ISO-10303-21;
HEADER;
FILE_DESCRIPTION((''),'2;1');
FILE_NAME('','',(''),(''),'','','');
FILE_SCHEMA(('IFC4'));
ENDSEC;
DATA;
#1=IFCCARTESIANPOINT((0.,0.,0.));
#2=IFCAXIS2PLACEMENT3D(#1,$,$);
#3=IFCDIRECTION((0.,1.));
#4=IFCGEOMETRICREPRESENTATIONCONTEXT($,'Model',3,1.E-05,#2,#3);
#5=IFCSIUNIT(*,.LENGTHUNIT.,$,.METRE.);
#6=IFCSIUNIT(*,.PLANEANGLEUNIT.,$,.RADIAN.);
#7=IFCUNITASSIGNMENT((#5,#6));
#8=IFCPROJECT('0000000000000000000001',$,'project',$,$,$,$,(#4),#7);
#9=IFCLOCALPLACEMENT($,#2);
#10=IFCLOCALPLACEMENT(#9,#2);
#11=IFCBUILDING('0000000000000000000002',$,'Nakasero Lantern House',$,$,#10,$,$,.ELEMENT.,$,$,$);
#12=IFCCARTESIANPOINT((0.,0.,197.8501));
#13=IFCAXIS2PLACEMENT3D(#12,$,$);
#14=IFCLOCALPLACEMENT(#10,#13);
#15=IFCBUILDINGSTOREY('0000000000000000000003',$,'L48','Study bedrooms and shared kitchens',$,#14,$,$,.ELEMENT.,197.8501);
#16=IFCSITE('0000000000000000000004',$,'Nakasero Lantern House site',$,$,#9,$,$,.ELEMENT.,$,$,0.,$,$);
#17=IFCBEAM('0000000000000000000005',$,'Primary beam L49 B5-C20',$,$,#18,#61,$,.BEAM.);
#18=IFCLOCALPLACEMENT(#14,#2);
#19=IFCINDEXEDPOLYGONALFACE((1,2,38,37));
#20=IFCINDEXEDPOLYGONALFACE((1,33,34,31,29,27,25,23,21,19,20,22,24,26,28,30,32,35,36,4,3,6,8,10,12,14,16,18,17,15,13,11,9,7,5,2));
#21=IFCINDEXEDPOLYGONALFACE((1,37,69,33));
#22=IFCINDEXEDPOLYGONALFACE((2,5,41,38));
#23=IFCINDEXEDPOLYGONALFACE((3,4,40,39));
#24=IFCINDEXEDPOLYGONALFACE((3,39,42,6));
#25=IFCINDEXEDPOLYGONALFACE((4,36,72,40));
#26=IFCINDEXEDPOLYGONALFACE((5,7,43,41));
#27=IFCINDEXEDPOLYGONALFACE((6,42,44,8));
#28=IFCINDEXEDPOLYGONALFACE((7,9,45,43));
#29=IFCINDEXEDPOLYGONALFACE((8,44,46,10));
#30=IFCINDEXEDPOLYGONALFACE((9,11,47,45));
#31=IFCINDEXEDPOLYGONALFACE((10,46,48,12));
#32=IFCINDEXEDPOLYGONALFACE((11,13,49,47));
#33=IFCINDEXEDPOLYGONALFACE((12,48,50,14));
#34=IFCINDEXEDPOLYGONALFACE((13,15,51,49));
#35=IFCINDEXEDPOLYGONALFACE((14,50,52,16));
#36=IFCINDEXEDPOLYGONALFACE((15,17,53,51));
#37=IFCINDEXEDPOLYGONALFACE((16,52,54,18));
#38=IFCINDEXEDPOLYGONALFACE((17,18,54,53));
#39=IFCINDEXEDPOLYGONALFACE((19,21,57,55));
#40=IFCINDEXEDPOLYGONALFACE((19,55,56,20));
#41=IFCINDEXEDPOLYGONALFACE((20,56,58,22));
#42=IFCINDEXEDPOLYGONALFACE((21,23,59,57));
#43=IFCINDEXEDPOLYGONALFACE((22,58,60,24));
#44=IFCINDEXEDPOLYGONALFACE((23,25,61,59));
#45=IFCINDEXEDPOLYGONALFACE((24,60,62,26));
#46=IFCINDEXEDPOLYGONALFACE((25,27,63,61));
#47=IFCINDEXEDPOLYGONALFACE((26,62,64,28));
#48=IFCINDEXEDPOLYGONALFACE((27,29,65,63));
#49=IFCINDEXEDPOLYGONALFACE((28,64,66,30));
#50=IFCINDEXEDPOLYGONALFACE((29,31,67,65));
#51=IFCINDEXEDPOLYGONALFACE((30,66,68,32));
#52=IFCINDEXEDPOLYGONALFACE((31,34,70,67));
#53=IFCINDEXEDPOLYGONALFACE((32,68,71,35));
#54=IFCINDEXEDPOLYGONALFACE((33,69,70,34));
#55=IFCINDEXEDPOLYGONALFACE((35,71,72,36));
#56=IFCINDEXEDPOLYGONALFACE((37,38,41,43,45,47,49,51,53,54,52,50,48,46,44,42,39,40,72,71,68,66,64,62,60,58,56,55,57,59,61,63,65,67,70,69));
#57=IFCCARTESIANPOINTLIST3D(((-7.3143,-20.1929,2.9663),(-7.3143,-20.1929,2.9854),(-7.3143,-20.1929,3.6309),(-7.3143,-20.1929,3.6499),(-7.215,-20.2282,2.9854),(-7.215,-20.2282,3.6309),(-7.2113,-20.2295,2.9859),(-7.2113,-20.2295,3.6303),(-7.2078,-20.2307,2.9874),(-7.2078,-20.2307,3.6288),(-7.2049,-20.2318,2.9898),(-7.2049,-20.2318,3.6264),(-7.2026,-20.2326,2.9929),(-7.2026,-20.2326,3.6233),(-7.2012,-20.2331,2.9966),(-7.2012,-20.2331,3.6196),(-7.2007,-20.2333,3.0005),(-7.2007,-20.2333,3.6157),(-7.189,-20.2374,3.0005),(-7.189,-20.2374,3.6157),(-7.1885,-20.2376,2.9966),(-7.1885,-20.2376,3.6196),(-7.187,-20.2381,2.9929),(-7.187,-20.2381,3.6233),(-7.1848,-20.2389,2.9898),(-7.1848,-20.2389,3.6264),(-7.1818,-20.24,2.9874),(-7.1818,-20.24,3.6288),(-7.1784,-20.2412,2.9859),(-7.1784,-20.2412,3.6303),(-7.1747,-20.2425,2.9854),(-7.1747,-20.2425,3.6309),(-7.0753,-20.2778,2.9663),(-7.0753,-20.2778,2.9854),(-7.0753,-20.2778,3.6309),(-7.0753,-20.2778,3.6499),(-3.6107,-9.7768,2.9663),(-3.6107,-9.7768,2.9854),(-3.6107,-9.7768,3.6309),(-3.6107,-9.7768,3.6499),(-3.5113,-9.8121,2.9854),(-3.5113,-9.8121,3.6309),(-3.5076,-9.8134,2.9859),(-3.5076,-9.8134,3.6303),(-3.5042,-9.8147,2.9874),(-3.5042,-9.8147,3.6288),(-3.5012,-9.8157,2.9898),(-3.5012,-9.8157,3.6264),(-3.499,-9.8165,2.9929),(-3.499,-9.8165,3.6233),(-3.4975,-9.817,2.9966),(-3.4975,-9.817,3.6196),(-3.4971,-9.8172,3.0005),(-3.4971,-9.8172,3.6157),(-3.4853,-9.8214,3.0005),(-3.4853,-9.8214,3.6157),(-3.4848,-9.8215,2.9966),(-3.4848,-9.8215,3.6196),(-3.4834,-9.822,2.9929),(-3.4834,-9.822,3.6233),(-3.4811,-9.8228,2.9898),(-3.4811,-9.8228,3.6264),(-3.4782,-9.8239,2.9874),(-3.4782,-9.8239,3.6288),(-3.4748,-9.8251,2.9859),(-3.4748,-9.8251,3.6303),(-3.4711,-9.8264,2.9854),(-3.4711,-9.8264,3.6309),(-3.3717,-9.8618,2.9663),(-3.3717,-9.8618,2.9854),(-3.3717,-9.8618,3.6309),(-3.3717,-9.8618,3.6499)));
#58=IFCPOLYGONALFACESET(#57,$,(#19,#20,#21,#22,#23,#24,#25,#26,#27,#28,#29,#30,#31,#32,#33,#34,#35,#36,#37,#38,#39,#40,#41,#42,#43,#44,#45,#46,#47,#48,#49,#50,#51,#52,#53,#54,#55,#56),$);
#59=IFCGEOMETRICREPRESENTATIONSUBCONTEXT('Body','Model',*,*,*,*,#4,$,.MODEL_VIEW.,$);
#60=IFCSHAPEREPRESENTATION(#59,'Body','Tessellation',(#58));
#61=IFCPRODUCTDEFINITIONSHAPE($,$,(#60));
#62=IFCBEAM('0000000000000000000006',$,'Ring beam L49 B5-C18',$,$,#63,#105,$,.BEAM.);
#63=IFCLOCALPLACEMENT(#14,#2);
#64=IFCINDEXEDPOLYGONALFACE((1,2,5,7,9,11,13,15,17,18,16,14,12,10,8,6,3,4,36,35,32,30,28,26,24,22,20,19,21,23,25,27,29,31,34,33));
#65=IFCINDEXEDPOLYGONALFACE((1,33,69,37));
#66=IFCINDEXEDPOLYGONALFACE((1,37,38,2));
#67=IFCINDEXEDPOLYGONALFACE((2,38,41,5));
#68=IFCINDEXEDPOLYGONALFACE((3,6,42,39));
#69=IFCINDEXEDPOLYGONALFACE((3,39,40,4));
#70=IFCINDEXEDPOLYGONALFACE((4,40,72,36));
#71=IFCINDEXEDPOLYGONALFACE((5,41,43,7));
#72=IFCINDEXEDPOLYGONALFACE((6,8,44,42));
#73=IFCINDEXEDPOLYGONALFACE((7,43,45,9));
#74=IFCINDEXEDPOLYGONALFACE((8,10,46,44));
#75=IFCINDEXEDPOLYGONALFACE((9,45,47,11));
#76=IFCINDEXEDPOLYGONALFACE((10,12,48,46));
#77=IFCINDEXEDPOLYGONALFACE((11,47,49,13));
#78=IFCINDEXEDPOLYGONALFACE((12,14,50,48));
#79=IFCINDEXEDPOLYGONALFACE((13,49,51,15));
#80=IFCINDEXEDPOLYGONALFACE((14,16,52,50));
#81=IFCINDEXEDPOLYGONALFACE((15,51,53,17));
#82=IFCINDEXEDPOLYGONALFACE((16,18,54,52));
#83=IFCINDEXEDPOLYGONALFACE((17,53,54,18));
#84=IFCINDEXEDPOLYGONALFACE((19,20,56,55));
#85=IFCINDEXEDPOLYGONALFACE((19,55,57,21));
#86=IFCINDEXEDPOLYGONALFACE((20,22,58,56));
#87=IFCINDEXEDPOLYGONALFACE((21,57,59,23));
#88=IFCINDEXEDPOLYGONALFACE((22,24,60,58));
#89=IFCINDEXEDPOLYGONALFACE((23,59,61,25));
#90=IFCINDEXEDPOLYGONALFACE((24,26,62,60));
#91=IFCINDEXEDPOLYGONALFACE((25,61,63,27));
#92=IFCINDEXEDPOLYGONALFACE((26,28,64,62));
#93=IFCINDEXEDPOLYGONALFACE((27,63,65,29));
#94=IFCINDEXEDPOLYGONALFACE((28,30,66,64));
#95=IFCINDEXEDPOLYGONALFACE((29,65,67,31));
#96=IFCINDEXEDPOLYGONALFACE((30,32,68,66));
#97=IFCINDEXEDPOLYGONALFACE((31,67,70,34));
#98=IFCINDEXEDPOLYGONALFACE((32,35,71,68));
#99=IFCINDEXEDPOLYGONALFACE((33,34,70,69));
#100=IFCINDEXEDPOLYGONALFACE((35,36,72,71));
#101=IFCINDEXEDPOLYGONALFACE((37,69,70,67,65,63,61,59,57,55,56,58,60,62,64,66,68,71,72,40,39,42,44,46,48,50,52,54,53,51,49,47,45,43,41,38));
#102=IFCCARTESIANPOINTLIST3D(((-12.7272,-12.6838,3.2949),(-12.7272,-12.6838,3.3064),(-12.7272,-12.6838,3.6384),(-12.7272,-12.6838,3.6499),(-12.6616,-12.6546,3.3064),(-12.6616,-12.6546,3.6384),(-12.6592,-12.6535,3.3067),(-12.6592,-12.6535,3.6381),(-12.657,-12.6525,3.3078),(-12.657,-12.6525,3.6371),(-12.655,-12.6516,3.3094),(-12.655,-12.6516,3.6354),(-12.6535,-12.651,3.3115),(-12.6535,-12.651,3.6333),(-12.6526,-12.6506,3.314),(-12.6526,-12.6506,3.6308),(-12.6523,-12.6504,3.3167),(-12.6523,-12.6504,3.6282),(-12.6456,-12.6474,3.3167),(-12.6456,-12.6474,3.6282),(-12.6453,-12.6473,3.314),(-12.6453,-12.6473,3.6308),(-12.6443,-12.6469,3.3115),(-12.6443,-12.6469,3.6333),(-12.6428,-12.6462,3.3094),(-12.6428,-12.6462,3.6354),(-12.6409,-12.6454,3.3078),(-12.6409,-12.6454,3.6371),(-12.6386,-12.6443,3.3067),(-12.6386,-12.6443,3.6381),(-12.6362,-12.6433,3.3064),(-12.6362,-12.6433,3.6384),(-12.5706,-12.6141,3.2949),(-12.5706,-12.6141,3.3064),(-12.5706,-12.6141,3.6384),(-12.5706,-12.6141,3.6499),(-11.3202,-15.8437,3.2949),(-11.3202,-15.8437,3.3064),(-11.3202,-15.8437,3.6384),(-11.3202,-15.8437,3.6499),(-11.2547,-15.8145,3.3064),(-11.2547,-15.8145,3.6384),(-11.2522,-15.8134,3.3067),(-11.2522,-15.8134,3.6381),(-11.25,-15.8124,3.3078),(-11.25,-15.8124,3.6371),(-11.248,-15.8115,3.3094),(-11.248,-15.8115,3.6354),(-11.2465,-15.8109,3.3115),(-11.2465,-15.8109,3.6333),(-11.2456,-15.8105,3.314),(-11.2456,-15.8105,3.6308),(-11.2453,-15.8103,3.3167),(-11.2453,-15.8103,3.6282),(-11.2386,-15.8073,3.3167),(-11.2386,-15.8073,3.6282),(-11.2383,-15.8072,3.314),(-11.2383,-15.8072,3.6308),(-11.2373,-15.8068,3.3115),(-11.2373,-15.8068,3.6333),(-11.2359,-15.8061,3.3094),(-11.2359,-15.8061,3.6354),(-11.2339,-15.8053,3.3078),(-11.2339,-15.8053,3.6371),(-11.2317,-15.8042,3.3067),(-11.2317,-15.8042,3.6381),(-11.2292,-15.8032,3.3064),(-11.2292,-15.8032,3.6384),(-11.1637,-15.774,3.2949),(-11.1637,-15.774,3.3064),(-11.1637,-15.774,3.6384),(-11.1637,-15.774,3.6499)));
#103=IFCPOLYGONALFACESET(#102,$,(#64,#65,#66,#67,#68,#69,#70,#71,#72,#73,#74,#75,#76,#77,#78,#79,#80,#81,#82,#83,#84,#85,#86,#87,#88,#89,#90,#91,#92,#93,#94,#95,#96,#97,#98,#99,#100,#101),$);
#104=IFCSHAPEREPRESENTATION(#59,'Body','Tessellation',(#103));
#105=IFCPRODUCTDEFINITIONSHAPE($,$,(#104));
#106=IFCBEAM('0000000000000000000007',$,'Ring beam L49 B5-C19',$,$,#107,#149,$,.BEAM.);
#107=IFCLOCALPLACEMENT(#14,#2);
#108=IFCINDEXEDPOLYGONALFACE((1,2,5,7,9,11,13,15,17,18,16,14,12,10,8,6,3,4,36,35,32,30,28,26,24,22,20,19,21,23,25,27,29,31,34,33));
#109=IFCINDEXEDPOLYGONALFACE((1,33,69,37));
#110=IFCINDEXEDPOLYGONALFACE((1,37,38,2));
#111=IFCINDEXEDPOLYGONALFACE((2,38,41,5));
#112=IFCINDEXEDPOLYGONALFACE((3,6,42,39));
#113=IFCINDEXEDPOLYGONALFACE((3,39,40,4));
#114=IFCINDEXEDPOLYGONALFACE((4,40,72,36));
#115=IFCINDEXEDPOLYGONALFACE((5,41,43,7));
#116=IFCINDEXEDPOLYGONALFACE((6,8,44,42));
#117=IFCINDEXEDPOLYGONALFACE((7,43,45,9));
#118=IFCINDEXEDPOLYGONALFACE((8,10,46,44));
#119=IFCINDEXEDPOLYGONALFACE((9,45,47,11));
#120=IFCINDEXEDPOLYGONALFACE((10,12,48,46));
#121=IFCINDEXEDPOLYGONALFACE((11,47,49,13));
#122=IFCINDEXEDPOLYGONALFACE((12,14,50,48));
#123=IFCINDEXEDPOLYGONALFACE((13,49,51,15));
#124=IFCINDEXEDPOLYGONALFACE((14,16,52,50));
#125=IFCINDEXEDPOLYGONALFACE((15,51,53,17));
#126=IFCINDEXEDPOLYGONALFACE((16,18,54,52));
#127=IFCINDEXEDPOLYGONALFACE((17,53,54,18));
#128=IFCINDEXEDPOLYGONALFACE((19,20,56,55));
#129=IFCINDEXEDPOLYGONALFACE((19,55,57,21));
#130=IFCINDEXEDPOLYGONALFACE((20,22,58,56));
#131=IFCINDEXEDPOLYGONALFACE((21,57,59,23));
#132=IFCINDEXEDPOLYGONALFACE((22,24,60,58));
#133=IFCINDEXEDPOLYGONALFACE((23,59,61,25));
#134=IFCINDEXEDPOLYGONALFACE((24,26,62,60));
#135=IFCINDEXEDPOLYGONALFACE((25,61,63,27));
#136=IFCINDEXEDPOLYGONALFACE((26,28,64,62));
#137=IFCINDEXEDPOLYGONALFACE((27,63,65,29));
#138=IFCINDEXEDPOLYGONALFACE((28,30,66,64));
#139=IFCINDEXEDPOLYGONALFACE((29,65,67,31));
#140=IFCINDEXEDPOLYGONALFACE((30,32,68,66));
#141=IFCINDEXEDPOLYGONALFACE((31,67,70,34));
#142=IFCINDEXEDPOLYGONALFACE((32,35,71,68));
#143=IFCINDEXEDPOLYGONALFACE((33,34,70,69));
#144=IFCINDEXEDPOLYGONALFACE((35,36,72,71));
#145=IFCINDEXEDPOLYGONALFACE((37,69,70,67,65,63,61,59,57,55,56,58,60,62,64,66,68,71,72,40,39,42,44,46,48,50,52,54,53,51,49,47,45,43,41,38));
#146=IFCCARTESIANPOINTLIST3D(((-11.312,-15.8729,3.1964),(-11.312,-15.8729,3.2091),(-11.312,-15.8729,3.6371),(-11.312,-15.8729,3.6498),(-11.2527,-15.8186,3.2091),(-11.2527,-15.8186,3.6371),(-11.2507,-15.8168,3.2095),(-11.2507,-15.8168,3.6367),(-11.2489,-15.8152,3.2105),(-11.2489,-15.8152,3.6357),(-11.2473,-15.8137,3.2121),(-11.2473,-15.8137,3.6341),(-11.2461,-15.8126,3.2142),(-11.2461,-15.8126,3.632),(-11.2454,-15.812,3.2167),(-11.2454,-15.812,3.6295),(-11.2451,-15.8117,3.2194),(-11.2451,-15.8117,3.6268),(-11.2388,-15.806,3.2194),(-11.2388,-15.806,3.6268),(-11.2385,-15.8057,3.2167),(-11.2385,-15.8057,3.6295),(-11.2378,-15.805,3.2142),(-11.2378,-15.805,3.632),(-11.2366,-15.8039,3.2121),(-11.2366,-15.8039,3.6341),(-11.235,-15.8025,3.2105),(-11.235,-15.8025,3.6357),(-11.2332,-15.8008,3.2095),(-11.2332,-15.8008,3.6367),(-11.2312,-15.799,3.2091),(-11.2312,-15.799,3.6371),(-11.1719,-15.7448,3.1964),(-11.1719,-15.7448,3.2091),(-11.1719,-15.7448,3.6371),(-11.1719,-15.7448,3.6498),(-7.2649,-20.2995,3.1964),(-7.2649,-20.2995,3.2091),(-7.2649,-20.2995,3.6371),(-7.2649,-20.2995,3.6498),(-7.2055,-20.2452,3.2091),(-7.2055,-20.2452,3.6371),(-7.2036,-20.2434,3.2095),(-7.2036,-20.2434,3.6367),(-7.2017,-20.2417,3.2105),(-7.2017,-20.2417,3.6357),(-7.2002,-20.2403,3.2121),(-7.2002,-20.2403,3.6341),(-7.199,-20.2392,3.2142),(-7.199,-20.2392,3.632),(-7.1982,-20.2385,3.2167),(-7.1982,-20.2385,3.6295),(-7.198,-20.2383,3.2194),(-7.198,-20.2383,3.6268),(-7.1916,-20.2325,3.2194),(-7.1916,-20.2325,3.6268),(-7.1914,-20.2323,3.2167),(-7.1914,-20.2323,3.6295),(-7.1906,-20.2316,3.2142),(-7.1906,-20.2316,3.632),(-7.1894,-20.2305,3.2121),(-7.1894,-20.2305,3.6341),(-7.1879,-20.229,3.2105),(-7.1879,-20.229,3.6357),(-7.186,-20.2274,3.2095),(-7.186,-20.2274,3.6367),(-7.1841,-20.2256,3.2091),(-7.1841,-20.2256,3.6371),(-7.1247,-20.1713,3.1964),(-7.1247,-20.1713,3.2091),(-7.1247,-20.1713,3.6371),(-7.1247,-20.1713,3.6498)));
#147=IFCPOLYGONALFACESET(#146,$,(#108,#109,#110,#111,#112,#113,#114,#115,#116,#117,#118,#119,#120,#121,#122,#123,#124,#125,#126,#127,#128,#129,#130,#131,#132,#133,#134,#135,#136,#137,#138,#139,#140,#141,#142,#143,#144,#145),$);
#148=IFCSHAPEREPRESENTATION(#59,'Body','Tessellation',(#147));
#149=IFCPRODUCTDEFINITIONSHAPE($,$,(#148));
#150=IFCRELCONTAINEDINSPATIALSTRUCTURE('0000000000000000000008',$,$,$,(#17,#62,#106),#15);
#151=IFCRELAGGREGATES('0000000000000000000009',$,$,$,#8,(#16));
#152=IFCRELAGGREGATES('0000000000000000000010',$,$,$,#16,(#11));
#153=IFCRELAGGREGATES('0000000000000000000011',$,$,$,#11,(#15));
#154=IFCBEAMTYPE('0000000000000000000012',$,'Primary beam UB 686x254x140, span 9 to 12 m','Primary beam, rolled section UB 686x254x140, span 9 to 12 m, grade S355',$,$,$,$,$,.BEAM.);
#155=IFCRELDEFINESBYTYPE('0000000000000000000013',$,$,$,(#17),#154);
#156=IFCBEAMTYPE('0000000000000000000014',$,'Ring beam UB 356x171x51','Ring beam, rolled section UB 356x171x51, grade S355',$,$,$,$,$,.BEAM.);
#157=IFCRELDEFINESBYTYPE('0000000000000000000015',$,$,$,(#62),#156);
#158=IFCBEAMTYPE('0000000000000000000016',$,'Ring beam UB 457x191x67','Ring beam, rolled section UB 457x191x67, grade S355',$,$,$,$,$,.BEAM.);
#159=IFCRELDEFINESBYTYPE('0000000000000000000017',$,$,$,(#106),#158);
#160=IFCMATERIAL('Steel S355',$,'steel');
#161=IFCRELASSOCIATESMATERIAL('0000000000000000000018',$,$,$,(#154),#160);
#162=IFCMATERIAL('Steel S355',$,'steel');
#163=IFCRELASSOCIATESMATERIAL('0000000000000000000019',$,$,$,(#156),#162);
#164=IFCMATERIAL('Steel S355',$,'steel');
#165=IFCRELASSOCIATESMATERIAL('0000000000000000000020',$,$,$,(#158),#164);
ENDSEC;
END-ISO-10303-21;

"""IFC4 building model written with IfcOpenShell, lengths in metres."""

from ifc_helpers import new_model, si_unit, direction, frame, origin, origin_2d, place, context, subcontext, project, spatial, i_section, extrude, material, material_profile, profile_set, type_object, element, save


model = new_model("IFC4")

# Units and contexts
model_context = context("Model", 3, precision=1e-05, world=origin(), true_north=direction((0.0, 1.0)))
body_context = subcontext(model_context, "Body", "Model", "MODEL_VIEW")
ifc_project = project(units=[si_unit("LENGTHUNIT", "METRE"), si_unit("PLANEANGLEUNIT", "RADIAN")], contexts=[model_context])

# Site, building, storey
site_placement = place(None, origin())
site = spatial("IfcSite", under=ifc_project, at=site_placement, Name="Nakasero Lantern House site", CompositionType="ELEMENT", RefElevation=0.0)
building_placement = place(site_placement, origin())
building = spatial("IfcBuilding", under=site, at=building_placement, Name="Nakasero Lantern House", CompositionType="ELEMENT")
storey_placement = place(building_placement, frame((0.0, 0.0, 197.8501)))
storey = spatial("IfcBuildingStorey", under=building, at=storey_placement, Name="L48", Description="Study bedrooms and shared kitchens", CompositionType="ELEMENT", Elevation=197.8501)

# Beams
ifc_material_1 = material(Name="Steel S355", Category="steel")
ifc_material_profile_1 = material_profile(ifc_material_1, i_section(OverallWidth=0.2537, OverallDepth=0.6836, WebThickness=0.0125, FlangeThickness=0.019, FilletRadius=0.0151, at=origin_2d()), Name="UB 686x254x140")
ifc_profile_set_1 = profile_set([ifc_material_profile_1], Name="Steel S355")
beam_type_1 = type_object("IfcBeamType", Name="Primary beam UB 686x254x140, span 9 to 12 m", Description="Primary beam, rolled section UB 686x254x140, span 9 to 12 m, grade S355", PredefinedType="BEAM", material=ifc_profile_set_1)
beam_1_placement = place(storey_placement, frame((-7.1948, -20.2354, 3.3081), z_axis=(0.335021, 0.942211, 0.0), x_axis=(-0.942211, 0.335021, 0.0)))
element("IfcBeam", 1, at=beam_1_placement, inside=storey, type_object=beam_type_1, Name="Primary beam L49 B5-C20", PredefinedType="BEAM", context=body_context, shape_type="SweptSolid", body=[
    extrude(i_section(OverallWidth=0.2537, OverallDepth=0.6836, WebThickness=0.0125, FlangeThickness=0.019, FilletRadius=0.0151, at=origin_2d()), origin(), (0.0, 0.0, 1.0), 11.0549),
])
ifc_material_2 = material(Name="Steel S355", Category="steel")
ifc_material_profile_2 = material_profile(ifc_material_2, i_section(OverallWidth=0.1714, OverallDepth=0.355, WebThickness=0.0073, FlangeThickness=0.0115, FilletRadius=0.0103, at=origin_2d()), Name="UB 356x171x51")
ifc_profile_set_2 = profile_set([ifc_material_profile_2], Name="Steel S355")
beam_type_2 = type_object("IfcBeamType", Name="Ring beam UB 356x171x51", Description="Ring beam, rolled section UB 356x171x51, grade S355", PredefinedType="BEAM", material=ifc_profile_set_2)
beam_2_placement = place(storey_placement, frame((-12.6489, -12.6489, 3.4724), z_axis=(0.406761, -0.913535, 0.0), x_axis=(0.913535, 0.406761, 0.0)))
element("IfcBeam", 2, at=beam_2_placement, inside=storey, type_object=beam_type_2, Name="Ring beam L49 B5-C18", PredefinedType="BEAM", context=body_context, shape_type="SweptSolid", body=[
    extrude(i_section(OverallWidth=0.1714, OverallDepth=0.355, WebThickness=0.0073, FlangeThickness=0.0115, FilletRadius=0.0103, at=origin_2d()), origin(), (0.0, 0.0, 1.0), 3.459),
])
ifc_material_3 = material(Name="Steel S355", Category="steel")
ifc_material_profile_3 = material_profile(ifc_material_3, i_section(OverallWidth=0.1899, OverallDepth=0.4534, WebThickness=0.0085, FlangeThickness=0.0127, FilletRadius=0.0103, at=origin_2d()), Name="UB 457x191x67")
ifc_profile_set_3 = profile_set([ifc_material_profile_3], Name="Steel S355")
beam_type_3 = type_object("IfcBeamType", Name="Ring beam UB 457x191x67", Description="Ring beam, rolled section UB 457x191x67, grade S355", PredefinedType="BEAM", material=ifc_profile_set_3)
beam_3_placement = place(storey_placement, frame((-11.2419, -15.8088, 3.4231), z_axis=(0.674771, -0.738027, 0.0), x_axis=(0.738027, 0.674771, 0.0)))
element("IfcBeam", 3, at=beam_3_placement, inside=storey, type_object=beam_type_3, Name="Ring beam L49 B5-C19", PredefinedType="BEAM", context=body_context, shape_type="SweptSolid", body=[
    extrude(i_section(OverallWidth=0.1899, OverallDepth=0.4534, WebThickness=0.0085, FlangeThickness=0.0127, FilletRadius=0.0103, at=origin_2d()), origin(), (0.0, 0.0, 1.0), 5.9978),
])

save(model, "model.ifc")
